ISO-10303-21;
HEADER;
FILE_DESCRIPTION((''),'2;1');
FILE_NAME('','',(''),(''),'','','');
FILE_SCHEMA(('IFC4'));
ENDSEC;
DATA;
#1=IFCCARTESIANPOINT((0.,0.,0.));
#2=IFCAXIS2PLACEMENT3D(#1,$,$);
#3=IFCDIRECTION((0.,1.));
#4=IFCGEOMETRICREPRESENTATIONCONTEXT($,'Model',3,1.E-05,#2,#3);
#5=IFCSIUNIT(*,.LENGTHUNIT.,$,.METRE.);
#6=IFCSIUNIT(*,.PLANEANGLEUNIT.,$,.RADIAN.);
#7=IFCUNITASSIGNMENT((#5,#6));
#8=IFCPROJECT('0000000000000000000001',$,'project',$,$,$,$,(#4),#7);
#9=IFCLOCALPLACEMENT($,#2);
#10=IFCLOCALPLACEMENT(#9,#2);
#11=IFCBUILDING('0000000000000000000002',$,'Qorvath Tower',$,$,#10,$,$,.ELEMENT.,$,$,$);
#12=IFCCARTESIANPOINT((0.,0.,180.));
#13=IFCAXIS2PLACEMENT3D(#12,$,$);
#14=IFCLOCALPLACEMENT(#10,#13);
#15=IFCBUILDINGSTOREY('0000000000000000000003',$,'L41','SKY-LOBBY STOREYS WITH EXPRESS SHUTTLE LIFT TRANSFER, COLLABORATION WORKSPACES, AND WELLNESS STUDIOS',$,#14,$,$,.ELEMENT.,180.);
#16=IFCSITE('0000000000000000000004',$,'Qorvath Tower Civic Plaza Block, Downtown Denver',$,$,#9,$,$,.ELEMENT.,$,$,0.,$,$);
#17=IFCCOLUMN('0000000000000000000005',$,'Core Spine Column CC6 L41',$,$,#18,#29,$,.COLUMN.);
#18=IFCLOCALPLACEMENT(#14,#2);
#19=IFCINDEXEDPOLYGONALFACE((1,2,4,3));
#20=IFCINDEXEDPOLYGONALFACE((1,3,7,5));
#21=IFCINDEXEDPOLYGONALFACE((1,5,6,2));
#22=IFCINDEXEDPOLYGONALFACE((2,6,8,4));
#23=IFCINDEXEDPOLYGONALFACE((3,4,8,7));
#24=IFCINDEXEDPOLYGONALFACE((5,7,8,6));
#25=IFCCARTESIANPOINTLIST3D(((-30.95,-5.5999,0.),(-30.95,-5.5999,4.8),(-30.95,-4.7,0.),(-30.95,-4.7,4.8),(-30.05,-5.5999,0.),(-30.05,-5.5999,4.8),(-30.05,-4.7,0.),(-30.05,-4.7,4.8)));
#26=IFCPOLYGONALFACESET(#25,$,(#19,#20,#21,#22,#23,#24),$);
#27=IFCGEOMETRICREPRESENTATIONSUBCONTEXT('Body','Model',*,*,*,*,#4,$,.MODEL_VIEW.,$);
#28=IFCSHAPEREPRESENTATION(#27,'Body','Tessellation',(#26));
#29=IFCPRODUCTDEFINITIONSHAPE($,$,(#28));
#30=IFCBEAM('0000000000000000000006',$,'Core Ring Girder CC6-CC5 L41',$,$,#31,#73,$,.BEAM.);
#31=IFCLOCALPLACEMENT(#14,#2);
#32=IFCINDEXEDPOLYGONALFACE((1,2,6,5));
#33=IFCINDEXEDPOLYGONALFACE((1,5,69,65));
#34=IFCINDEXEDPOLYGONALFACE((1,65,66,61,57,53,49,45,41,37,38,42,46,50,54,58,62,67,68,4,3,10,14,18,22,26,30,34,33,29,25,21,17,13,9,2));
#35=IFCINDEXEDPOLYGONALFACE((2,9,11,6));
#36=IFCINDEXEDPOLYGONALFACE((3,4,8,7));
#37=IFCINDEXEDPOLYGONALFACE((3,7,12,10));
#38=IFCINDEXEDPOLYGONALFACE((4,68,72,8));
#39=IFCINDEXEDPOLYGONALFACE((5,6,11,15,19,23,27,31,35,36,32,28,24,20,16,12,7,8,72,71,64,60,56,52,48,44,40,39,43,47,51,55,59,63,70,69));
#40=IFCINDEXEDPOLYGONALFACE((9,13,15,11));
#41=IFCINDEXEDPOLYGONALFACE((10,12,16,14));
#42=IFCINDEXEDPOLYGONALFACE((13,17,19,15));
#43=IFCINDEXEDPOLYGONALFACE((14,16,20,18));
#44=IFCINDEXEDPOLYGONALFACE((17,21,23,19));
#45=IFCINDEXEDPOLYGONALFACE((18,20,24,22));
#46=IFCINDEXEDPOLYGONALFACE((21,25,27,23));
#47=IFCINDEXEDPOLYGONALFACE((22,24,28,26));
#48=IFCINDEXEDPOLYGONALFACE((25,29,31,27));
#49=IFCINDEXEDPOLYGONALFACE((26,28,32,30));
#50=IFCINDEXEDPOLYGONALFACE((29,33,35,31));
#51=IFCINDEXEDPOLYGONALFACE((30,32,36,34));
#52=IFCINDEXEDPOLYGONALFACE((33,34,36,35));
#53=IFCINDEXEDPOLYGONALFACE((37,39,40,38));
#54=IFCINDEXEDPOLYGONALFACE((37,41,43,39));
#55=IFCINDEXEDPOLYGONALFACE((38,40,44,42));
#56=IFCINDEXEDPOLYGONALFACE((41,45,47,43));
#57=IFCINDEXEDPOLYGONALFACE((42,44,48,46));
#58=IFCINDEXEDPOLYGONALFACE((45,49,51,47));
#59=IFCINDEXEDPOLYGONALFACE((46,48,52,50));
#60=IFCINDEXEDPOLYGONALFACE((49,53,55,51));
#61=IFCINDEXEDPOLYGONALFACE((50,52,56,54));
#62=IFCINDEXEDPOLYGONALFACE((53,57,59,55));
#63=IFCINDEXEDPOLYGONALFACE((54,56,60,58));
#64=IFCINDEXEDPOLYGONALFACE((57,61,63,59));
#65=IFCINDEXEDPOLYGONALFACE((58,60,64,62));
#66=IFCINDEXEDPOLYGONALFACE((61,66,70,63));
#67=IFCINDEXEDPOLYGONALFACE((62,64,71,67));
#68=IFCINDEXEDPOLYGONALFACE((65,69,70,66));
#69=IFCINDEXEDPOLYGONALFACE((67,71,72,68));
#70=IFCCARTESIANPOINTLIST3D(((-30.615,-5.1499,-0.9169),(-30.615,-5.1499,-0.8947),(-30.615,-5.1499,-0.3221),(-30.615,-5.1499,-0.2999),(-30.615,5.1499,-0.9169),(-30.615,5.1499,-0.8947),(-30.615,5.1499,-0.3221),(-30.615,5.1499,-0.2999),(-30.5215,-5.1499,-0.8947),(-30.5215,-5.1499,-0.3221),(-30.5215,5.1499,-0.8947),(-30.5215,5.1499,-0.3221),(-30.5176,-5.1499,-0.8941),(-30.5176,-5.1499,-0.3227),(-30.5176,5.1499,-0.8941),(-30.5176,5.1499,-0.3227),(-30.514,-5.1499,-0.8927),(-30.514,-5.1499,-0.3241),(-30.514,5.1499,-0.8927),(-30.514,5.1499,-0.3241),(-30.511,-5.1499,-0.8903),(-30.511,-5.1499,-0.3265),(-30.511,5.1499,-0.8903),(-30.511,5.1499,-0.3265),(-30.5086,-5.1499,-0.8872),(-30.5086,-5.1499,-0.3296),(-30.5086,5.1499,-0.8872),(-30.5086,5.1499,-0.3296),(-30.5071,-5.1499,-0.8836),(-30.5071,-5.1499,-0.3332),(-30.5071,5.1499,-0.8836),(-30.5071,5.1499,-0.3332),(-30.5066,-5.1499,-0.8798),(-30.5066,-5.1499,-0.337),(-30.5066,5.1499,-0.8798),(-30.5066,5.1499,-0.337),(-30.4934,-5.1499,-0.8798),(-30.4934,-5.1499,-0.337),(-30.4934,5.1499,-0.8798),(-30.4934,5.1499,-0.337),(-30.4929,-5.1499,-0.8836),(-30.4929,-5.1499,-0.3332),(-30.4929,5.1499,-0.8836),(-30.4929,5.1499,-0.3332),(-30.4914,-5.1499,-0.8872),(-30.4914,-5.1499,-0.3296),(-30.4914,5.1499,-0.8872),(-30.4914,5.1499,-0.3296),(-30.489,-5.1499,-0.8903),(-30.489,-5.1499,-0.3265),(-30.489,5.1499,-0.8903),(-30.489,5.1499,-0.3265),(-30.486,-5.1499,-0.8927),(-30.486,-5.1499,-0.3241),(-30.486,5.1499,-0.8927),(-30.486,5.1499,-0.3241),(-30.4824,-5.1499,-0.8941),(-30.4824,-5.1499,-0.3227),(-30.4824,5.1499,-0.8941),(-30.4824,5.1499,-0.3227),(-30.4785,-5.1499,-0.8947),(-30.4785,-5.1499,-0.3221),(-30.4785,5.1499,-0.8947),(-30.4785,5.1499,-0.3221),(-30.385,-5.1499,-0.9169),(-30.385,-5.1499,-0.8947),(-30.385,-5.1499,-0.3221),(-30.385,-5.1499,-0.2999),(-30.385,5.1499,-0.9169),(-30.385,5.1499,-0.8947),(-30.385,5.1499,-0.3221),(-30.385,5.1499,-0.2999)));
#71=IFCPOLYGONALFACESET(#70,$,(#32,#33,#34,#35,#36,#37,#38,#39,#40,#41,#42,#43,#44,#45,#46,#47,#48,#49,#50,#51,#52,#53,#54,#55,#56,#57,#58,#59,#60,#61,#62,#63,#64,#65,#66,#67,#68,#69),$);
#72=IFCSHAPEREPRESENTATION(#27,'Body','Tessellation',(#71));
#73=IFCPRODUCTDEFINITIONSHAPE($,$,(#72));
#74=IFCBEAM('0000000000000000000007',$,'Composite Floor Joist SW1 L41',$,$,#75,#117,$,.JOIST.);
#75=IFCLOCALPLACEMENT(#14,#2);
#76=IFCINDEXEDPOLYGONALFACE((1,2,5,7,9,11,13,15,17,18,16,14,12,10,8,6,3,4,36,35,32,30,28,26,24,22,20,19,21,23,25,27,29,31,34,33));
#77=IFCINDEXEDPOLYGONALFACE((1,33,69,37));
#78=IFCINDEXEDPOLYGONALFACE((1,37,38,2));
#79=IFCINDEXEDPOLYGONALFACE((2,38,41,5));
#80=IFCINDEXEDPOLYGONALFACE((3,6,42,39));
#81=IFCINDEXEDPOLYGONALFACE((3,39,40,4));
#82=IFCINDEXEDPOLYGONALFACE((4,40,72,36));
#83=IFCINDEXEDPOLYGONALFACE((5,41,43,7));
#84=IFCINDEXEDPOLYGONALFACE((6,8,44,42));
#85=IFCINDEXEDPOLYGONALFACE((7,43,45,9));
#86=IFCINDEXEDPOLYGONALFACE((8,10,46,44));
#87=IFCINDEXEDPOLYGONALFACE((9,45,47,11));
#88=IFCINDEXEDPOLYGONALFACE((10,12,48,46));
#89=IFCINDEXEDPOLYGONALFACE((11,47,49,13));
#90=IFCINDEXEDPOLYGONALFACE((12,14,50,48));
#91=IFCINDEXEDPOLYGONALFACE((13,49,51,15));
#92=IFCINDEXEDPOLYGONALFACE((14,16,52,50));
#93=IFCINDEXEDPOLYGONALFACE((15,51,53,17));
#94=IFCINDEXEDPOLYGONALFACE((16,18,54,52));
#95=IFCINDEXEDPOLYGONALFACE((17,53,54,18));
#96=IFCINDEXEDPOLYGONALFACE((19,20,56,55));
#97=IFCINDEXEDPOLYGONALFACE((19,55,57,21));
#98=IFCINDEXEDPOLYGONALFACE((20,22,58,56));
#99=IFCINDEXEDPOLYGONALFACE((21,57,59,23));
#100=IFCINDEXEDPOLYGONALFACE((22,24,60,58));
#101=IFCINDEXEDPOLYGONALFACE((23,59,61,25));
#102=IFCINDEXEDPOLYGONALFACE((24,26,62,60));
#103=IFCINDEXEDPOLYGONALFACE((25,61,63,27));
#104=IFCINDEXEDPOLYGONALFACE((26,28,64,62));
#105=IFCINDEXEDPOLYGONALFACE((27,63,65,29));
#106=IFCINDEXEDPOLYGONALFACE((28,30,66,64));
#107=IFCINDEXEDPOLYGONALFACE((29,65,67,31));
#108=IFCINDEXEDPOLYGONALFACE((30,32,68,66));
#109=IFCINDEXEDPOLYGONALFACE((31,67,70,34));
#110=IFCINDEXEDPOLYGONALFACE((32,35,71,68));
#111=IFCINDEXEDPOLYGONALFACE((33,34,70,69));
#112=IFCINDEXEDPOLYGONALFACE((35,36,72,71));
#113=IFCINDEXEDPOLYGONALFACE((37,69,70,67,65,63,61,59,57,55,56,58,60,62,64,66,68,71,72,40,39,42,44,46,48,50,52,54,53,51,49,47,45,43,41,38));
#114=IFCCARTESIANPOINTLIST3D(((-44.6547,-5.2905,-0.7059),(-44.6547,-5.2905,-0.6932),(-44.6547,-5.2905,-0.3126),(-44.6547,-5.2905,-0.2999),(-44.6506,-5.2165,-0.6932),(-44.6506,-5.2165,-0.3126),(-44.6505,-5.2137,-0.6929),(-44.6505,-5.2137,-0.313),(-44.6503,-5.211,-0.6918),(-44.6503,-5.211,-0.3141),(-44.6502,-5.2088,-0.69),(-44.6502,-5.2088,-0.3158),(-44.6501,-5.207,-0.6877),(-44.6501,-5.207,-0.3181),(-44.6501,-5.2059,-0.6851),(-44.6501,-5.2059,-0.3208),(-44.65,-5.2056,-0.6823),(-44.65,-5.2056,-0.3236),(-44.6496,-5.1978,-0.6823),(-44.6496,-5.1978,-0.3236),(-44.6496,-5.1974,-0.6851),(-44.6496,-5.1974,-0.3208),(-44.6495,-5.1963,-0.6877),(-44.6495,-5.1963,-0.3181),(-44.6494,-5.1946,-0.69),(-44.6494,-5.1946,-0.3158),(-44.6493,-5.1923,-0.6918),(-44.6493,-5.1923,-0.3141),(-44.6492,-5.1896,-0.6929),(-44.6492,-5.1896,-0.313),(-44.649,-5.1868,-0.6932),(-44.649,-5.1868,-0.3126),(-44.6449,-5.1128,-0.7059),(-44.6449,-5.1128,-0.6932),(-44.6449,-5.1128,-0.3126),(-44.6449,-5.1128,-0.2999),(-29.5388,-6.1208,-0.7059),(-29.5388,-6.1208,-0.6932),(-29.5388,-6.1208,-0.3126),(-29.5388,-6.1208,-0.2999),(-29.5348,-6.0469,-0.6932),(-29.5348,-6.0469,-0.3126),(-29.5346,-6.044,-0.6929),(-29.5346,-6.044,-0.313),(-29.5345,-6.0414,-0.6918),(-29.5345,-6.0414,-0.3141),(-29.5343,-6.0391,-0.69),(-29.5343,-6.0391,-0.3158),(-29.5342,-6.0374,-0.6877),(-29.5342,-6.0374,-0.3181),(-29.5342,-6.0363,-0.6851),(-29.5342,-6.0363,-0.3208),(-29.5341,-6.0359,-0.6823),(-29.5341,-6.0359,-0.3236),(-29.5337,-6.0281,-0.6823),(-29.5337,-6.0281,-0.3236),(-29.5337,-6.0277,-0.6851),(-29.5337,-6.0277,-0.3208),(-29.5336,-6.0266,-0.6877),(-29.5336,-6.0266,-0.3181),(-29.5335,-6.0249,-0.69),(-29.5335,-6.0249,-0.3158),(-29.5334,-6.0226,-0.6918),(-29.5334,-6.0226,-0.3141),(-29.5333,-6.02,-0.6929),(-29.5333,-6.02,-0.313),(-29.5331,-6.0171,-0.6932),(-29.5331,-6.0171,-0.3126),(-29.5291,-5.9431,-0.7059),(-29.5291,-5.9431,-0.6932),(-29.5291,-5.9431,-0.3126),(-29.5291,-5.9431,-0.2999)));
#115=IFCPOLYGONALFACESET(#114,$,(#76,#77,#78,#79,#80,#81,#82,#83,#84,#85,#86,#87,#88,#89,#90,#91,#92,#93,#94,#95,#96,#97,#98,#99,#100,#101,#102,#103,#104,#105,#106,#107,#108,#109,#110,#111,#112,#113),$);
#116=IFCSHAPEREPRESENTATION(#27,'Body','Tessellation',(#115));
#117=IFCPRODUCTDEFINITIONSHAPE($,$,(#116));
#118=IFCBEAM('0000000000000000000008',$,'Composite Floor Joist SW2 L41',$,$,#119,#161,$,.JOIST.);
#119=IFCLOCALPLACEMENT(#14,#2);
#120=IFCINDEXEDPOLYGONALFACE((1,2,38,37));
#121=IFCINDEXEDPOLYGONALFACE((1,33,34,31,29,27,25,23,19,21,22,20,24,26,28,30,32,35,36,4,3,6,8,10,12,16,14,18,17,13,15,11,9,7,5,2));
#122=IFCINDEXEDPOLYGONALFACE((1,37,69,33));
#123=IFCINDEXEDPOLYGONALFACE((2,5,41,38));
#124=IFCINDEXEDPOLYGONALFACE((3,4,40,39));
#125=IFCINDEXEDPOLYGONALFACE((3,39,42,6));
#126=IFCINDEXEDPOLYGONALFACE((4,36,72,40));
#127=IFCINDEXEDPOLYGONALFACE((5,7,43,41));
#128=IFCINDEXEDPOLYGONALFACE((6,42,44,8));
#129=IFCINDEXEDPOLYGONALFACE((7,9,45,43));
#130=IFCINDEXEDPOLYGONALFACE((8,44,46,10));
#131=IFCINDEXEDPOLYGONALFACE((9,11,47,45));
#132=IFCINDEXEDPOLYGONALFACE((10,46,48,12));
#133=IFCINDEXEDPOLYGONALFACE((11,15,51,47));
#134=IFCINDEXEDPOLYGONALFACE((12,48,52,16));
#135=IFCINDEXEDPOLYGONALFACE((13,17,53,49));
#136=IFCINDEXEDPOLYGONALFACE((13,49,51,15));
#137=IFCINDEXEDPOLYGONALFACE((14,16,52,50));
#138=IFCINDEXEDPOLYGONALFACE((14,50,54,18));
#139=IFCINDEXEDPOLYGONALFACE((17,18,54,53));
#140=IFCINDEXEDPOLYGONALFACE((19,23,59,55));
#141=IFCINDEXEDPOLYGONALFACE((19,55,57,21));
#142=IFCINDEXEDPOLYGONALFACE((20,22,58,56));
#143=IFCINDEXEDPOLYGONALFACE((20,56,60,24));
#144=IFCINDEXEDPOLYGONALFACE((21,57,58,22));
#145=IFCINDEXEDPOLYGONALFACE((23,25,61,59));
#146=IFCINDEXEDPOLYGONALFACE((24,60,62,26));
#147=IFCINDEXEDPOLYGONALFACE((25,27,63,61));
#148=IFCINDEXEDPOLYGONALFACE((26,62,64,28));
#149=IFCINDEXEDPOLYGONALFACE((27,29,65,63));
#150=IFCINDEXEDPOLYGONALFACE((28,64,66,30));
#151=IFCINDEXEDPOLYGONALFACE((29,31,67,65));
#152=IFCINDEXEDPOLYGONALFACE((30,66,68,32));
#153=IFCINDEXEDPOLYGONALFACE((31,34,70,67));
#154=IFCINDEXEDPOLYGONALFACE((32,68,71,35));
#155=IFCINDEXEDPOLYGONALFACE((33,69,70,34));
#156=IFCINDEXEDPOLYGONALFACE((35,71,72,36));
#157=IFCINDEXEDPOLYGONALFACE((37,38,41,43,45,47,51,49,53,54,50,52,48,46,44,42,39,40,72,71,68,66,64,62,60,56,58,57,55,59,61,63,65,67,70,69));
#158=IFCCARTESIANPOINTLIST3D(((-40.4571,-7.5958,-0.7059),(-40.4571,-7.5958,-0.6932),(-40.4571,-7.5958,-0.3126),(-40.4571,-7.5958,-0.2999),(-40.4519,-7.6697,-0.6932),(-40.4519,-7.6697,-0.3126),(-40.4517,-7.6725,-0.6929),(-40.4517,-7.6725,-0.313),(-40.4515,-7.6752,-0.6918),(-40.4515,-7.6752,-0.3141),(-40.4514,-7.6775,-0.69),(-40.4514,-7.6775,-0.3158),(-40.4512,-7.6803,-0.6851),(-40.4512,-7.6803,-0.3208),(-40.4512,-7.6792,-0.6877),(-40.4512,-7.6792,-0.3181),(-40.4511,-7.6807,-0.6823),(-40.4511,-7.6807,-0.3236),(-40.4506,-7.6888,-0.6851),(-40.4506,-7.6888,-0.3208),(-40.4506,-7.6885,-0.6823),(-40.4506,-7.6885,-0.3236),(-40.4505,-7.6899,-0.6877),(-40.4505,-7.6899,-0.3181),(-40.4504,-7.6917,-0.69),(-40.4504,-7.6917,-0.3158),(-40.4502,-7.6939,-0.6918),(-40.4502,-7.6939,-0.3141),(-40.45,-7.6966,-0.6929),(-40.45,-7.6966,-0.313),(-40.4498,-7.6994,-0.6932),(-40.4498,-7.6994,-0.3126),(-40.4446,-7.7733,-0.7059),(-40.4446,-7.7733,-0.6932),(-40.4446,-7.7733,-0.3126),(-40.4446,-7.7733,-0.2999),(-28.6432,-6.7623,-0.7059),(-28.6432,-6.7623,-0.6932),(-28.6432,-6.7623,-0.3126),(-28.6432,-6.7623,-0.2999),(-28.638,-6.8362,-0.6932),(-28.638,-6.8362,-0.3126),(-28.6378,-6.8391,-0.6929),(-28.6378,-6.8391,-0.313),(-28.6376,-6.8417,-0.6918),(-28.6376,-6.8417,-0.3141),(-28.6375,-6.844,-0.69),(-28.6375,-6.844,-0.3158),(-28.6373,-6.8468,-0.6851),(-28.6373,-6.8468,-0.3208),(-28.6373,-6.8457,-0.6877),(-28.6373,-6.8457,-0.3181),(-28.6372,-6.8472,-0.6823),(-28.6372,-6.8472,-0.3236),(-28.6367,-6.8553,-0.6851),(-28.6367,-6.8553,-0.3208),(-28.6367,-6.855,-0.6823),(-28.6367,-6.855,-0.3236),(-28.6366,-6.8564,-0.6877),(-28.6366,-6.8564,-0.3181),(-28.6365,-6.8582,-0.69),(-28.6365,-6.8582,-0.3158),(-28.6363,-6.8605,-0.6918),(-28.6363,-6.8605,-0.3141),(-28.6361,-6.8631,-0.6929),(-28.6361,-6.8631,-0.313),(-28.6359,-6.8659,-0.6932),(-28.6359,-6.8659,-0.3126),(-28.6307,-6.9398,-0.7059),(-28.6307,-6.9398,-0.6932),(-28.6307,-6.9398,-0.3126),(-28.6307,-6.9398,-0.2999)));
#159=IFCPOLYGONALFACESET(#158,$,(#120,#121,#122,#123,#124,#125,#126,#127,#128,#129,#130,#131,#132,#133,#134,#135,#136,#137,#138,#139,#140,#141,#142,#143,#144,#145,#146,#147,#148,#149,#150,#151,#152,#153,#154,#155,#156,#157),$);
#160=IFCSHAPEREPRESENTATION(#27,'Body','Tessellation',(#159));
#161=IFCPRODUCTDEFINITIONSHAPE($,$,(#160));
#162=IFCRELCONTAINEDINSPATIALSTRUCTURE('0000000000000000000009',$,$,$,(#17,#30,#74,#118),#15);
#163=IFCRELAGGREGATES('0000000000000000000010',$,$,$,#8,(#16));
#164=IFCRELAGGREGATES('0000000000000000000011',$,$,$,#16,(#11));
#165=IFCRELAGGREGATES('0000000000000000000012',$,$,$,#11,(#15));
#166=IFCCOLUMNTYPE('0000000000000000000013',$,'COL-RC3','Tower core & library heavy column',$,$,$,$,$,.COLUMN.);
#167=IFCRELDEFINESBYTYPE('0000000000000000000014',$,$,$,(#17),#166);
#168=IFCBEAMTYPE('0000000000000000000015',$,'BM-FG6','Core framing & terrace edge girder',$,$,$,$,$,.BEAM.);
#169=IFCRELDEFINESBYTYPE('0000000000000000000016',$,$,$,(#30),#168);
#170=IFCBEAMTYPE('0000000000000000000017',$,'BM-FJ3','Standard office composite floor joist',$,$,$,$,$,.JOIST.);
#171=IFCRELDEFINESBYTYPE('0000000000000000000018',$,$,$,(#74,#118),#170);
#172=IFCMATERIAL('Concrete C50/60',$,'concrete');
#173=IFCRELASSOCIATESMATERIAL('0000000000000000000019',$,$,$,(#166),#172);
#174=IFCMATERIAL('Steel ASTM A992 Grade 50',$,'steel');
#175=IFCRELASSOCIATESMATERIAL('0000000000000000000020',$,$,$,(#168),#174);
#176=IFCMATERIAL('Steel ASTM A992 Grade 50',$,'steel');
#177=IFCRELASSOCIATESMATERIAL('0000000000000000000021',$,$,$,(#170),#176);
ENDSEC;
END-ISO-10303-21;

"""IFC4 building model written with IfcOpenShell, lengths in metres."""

from ifc_helpers import new_model, si_unit, direction, frame, origin, origin_2d, place, context, subcontext, project, spatial, rectangle, i_section, extrude, material, material_profile, profile_set, type_object, element, save


model = new_model("IFC4")

# Units and contexts
model_context = context("Model", 3, precision=1e-05, world=origin(), true_north=direction((0.0, 1.0)))
body_context = subcontext(model_context, "Body", "Model", "MODEL_VIEW")
ifc_project = project(units=[si_unit("LENGTHUNIT", "METRE"), si_unit("PLANEANGLEUNIT", "RADIAN")], contexts=[model_context])

# Site, building, storey
site_placement = place(None, origin())
site = spatial("IfcSite", under=ifc_project, at=site_placement, Name="Qorvath Tower Civic Plaza Block, Downtown Denver", CompositionType="ELEMENT", RefElevation=0.0)
building_placement = place(site_placement, origin())
building = spatial("IfcBuilding", under=site, at=building_placement, Name="Qorvath Tower", CompositionType="ELEMENT")
storey_placement = place(building_placement, frame((0.0, 0.0, 180.0)))
storey = spatial("IfcBuildingStorey", under=building, at=storey_placement, Name="L41", Description="SKY-LOBBY STOREYS WITH EXPRESS SHUTTLE LIFT TRANSFER, COLLABORATION WORKSPACES, AND WELLNESS STUDIOS", CompositionType="ELEMENT", Elevation=180.0)

# Column
ifc_material_1 = material(Name="Concrete C50/60", Category="concrete")
ifc_material_profile_1 = material_profile(ifc_material_1, rectangle(XDim=0.8999, YDim=0.8999, at=origin_2d()), Name="RC 900x900")
ifc_profile_set_1 = profile_set([ifc_material_profile_1], Name="Concrete C50/60")
column_type = type_object("IfcColumnType", Name="COL-RC3", Description="Tower core & library heavy column", PredefinedType="COLUMN", material=ifc_profile_set_1)
column_placement = place(storey_placement, frame((-30.5, -5.1499, 0.0), z_axis=(0.0, 0.0, 1.0), x_axis=(1.0, 0.0, 0.0)))
element("IfcColumn", 1, at=column_placement, inside=storey, type_object=column_type, Name="Core Spine Column CC6 L41", PredefinedType="COLUMN", context=body_context, shape_type="SweptSolid", body=[
    extrude(rectangle(XDim=0.8999, YDim=0.8999, at=origin_2d()), origin(), (0.0, 0.0, 1.0), 4.8),
])

# Beams
ifc_material_2 = material(Name="Steel ASTM A992 Grade 50", Category="steel")
ifc_material_profile_2 = material_profile(ifc_material_2, i_section(OverallWidth=0.23, OverallDepth=0.6169, WebThickness=0.0132, FlangeThickness=0.0222, FilletRadius=0.0149, at=origin_2d()), Name="W24x94")
ifc_profile_set_2 = profile_set([ifc_material_profile_2], Name="Steel ASTM A992 Grade 50")
beam_type_1 = type_object("IfcBeamType", Name="BM-FG6", Description="Core framing & terrace edge girder", PredefinedType="BEAM", material=ifc_profile_set_2)
beam_1_placement = place(storey_placement, frame((-30.5, -5.1499, -0.6084), z_axis=(0.0, 1.0, 0.0), x_axis=(-1.0, 0.0, 0.0)))
element("IfcBeam", 2, at=beam_1_placement, inside=storey, type_object=beam_type_1, Name="Core Ring Girder CC6-CC5 L41", PredefinedType="BEAM", context=body_context, shape_type="SweptSolid", body=[
    extrude(i_section(OverallWidth=0.23, OverallDepth=0.6169, WebThickness=0.0132, FlangeThickness=0.0222, FilletRadius=0.0149, at=origin_2d()), origin(), (0.0, 0.0, 1.0), 10.2998),
])
ifc_material_3 = material(Name="Steel ASTM A992 Grade 50", Category="steel")
ifc_material_profile_3 = material_profile(ifc_material_3, i_section(OverallWidth=0.178, OverallDepth=0.406, WebThickness=0.0078, FlangeThickness=0.0127, FilletRadius=0.011, at=origin_2d()), Name="W16x40")
ifc_profile_set_3 = profile_set([ifc_material_profile_3], Name="Steel ASTM A992 Grade 50")
beam_type_2 = type_object("IfcBeamType", Name="BM-FJ3", Description="Standard office composite floor joist", PredefinedType="JOIST", material=ifc_profile_set_3)
beam_2_placement = place(storey_placement, frame((-29.5339, -6.032, -0.5029), z_axis=(-0.998495, 0.054847, 0.0), x_axis=(-0.054847, -0.998495, 0.0)))
element("IfcBeam", 3, at=beam_2_placement, inside=storey, type_object=beam_type_2, Name="Composite Floor Joist SW1 L41", PredefinedType="JOIST", context=body_context, shape_type="SweptSolid", body=[
    extrude(i_section(OverallWidth=0.178, OverallDepth=0.406, WebThickness=0.0078, FlangeThickness=0.0127, FilletRadius=0.011, at=origin_2d()), origin(), (0.0, 0.0, 1.0), 15.1387),
])
beam_3_placement = place(storey_placement, frame((-28.637, -6.8511, -0.5029), z_axis=(-0.99752, -0.070377, 0.0), x_axis=(0.070377, -0.99752, 0.0)))
element("IfcBeam", 4, at=beam_3_placement, inside=storey, type_object=beam_type_2, Name="Composite Floor Joist SW2 L41", PredefinedType="JOIST", context=body_context, shape_type="SweptSolid", body=[
    extrude(i_section(OverallWidth=0.178, OverallDepth=0.406, WebThickness=0.0078, FlangeThickness=0.0127, FilletRadius=0.011, at=origin_2d()), origin(), (0.0, 0.0, 1.0), 11.8433),
])

save(model, "model.ifc")
